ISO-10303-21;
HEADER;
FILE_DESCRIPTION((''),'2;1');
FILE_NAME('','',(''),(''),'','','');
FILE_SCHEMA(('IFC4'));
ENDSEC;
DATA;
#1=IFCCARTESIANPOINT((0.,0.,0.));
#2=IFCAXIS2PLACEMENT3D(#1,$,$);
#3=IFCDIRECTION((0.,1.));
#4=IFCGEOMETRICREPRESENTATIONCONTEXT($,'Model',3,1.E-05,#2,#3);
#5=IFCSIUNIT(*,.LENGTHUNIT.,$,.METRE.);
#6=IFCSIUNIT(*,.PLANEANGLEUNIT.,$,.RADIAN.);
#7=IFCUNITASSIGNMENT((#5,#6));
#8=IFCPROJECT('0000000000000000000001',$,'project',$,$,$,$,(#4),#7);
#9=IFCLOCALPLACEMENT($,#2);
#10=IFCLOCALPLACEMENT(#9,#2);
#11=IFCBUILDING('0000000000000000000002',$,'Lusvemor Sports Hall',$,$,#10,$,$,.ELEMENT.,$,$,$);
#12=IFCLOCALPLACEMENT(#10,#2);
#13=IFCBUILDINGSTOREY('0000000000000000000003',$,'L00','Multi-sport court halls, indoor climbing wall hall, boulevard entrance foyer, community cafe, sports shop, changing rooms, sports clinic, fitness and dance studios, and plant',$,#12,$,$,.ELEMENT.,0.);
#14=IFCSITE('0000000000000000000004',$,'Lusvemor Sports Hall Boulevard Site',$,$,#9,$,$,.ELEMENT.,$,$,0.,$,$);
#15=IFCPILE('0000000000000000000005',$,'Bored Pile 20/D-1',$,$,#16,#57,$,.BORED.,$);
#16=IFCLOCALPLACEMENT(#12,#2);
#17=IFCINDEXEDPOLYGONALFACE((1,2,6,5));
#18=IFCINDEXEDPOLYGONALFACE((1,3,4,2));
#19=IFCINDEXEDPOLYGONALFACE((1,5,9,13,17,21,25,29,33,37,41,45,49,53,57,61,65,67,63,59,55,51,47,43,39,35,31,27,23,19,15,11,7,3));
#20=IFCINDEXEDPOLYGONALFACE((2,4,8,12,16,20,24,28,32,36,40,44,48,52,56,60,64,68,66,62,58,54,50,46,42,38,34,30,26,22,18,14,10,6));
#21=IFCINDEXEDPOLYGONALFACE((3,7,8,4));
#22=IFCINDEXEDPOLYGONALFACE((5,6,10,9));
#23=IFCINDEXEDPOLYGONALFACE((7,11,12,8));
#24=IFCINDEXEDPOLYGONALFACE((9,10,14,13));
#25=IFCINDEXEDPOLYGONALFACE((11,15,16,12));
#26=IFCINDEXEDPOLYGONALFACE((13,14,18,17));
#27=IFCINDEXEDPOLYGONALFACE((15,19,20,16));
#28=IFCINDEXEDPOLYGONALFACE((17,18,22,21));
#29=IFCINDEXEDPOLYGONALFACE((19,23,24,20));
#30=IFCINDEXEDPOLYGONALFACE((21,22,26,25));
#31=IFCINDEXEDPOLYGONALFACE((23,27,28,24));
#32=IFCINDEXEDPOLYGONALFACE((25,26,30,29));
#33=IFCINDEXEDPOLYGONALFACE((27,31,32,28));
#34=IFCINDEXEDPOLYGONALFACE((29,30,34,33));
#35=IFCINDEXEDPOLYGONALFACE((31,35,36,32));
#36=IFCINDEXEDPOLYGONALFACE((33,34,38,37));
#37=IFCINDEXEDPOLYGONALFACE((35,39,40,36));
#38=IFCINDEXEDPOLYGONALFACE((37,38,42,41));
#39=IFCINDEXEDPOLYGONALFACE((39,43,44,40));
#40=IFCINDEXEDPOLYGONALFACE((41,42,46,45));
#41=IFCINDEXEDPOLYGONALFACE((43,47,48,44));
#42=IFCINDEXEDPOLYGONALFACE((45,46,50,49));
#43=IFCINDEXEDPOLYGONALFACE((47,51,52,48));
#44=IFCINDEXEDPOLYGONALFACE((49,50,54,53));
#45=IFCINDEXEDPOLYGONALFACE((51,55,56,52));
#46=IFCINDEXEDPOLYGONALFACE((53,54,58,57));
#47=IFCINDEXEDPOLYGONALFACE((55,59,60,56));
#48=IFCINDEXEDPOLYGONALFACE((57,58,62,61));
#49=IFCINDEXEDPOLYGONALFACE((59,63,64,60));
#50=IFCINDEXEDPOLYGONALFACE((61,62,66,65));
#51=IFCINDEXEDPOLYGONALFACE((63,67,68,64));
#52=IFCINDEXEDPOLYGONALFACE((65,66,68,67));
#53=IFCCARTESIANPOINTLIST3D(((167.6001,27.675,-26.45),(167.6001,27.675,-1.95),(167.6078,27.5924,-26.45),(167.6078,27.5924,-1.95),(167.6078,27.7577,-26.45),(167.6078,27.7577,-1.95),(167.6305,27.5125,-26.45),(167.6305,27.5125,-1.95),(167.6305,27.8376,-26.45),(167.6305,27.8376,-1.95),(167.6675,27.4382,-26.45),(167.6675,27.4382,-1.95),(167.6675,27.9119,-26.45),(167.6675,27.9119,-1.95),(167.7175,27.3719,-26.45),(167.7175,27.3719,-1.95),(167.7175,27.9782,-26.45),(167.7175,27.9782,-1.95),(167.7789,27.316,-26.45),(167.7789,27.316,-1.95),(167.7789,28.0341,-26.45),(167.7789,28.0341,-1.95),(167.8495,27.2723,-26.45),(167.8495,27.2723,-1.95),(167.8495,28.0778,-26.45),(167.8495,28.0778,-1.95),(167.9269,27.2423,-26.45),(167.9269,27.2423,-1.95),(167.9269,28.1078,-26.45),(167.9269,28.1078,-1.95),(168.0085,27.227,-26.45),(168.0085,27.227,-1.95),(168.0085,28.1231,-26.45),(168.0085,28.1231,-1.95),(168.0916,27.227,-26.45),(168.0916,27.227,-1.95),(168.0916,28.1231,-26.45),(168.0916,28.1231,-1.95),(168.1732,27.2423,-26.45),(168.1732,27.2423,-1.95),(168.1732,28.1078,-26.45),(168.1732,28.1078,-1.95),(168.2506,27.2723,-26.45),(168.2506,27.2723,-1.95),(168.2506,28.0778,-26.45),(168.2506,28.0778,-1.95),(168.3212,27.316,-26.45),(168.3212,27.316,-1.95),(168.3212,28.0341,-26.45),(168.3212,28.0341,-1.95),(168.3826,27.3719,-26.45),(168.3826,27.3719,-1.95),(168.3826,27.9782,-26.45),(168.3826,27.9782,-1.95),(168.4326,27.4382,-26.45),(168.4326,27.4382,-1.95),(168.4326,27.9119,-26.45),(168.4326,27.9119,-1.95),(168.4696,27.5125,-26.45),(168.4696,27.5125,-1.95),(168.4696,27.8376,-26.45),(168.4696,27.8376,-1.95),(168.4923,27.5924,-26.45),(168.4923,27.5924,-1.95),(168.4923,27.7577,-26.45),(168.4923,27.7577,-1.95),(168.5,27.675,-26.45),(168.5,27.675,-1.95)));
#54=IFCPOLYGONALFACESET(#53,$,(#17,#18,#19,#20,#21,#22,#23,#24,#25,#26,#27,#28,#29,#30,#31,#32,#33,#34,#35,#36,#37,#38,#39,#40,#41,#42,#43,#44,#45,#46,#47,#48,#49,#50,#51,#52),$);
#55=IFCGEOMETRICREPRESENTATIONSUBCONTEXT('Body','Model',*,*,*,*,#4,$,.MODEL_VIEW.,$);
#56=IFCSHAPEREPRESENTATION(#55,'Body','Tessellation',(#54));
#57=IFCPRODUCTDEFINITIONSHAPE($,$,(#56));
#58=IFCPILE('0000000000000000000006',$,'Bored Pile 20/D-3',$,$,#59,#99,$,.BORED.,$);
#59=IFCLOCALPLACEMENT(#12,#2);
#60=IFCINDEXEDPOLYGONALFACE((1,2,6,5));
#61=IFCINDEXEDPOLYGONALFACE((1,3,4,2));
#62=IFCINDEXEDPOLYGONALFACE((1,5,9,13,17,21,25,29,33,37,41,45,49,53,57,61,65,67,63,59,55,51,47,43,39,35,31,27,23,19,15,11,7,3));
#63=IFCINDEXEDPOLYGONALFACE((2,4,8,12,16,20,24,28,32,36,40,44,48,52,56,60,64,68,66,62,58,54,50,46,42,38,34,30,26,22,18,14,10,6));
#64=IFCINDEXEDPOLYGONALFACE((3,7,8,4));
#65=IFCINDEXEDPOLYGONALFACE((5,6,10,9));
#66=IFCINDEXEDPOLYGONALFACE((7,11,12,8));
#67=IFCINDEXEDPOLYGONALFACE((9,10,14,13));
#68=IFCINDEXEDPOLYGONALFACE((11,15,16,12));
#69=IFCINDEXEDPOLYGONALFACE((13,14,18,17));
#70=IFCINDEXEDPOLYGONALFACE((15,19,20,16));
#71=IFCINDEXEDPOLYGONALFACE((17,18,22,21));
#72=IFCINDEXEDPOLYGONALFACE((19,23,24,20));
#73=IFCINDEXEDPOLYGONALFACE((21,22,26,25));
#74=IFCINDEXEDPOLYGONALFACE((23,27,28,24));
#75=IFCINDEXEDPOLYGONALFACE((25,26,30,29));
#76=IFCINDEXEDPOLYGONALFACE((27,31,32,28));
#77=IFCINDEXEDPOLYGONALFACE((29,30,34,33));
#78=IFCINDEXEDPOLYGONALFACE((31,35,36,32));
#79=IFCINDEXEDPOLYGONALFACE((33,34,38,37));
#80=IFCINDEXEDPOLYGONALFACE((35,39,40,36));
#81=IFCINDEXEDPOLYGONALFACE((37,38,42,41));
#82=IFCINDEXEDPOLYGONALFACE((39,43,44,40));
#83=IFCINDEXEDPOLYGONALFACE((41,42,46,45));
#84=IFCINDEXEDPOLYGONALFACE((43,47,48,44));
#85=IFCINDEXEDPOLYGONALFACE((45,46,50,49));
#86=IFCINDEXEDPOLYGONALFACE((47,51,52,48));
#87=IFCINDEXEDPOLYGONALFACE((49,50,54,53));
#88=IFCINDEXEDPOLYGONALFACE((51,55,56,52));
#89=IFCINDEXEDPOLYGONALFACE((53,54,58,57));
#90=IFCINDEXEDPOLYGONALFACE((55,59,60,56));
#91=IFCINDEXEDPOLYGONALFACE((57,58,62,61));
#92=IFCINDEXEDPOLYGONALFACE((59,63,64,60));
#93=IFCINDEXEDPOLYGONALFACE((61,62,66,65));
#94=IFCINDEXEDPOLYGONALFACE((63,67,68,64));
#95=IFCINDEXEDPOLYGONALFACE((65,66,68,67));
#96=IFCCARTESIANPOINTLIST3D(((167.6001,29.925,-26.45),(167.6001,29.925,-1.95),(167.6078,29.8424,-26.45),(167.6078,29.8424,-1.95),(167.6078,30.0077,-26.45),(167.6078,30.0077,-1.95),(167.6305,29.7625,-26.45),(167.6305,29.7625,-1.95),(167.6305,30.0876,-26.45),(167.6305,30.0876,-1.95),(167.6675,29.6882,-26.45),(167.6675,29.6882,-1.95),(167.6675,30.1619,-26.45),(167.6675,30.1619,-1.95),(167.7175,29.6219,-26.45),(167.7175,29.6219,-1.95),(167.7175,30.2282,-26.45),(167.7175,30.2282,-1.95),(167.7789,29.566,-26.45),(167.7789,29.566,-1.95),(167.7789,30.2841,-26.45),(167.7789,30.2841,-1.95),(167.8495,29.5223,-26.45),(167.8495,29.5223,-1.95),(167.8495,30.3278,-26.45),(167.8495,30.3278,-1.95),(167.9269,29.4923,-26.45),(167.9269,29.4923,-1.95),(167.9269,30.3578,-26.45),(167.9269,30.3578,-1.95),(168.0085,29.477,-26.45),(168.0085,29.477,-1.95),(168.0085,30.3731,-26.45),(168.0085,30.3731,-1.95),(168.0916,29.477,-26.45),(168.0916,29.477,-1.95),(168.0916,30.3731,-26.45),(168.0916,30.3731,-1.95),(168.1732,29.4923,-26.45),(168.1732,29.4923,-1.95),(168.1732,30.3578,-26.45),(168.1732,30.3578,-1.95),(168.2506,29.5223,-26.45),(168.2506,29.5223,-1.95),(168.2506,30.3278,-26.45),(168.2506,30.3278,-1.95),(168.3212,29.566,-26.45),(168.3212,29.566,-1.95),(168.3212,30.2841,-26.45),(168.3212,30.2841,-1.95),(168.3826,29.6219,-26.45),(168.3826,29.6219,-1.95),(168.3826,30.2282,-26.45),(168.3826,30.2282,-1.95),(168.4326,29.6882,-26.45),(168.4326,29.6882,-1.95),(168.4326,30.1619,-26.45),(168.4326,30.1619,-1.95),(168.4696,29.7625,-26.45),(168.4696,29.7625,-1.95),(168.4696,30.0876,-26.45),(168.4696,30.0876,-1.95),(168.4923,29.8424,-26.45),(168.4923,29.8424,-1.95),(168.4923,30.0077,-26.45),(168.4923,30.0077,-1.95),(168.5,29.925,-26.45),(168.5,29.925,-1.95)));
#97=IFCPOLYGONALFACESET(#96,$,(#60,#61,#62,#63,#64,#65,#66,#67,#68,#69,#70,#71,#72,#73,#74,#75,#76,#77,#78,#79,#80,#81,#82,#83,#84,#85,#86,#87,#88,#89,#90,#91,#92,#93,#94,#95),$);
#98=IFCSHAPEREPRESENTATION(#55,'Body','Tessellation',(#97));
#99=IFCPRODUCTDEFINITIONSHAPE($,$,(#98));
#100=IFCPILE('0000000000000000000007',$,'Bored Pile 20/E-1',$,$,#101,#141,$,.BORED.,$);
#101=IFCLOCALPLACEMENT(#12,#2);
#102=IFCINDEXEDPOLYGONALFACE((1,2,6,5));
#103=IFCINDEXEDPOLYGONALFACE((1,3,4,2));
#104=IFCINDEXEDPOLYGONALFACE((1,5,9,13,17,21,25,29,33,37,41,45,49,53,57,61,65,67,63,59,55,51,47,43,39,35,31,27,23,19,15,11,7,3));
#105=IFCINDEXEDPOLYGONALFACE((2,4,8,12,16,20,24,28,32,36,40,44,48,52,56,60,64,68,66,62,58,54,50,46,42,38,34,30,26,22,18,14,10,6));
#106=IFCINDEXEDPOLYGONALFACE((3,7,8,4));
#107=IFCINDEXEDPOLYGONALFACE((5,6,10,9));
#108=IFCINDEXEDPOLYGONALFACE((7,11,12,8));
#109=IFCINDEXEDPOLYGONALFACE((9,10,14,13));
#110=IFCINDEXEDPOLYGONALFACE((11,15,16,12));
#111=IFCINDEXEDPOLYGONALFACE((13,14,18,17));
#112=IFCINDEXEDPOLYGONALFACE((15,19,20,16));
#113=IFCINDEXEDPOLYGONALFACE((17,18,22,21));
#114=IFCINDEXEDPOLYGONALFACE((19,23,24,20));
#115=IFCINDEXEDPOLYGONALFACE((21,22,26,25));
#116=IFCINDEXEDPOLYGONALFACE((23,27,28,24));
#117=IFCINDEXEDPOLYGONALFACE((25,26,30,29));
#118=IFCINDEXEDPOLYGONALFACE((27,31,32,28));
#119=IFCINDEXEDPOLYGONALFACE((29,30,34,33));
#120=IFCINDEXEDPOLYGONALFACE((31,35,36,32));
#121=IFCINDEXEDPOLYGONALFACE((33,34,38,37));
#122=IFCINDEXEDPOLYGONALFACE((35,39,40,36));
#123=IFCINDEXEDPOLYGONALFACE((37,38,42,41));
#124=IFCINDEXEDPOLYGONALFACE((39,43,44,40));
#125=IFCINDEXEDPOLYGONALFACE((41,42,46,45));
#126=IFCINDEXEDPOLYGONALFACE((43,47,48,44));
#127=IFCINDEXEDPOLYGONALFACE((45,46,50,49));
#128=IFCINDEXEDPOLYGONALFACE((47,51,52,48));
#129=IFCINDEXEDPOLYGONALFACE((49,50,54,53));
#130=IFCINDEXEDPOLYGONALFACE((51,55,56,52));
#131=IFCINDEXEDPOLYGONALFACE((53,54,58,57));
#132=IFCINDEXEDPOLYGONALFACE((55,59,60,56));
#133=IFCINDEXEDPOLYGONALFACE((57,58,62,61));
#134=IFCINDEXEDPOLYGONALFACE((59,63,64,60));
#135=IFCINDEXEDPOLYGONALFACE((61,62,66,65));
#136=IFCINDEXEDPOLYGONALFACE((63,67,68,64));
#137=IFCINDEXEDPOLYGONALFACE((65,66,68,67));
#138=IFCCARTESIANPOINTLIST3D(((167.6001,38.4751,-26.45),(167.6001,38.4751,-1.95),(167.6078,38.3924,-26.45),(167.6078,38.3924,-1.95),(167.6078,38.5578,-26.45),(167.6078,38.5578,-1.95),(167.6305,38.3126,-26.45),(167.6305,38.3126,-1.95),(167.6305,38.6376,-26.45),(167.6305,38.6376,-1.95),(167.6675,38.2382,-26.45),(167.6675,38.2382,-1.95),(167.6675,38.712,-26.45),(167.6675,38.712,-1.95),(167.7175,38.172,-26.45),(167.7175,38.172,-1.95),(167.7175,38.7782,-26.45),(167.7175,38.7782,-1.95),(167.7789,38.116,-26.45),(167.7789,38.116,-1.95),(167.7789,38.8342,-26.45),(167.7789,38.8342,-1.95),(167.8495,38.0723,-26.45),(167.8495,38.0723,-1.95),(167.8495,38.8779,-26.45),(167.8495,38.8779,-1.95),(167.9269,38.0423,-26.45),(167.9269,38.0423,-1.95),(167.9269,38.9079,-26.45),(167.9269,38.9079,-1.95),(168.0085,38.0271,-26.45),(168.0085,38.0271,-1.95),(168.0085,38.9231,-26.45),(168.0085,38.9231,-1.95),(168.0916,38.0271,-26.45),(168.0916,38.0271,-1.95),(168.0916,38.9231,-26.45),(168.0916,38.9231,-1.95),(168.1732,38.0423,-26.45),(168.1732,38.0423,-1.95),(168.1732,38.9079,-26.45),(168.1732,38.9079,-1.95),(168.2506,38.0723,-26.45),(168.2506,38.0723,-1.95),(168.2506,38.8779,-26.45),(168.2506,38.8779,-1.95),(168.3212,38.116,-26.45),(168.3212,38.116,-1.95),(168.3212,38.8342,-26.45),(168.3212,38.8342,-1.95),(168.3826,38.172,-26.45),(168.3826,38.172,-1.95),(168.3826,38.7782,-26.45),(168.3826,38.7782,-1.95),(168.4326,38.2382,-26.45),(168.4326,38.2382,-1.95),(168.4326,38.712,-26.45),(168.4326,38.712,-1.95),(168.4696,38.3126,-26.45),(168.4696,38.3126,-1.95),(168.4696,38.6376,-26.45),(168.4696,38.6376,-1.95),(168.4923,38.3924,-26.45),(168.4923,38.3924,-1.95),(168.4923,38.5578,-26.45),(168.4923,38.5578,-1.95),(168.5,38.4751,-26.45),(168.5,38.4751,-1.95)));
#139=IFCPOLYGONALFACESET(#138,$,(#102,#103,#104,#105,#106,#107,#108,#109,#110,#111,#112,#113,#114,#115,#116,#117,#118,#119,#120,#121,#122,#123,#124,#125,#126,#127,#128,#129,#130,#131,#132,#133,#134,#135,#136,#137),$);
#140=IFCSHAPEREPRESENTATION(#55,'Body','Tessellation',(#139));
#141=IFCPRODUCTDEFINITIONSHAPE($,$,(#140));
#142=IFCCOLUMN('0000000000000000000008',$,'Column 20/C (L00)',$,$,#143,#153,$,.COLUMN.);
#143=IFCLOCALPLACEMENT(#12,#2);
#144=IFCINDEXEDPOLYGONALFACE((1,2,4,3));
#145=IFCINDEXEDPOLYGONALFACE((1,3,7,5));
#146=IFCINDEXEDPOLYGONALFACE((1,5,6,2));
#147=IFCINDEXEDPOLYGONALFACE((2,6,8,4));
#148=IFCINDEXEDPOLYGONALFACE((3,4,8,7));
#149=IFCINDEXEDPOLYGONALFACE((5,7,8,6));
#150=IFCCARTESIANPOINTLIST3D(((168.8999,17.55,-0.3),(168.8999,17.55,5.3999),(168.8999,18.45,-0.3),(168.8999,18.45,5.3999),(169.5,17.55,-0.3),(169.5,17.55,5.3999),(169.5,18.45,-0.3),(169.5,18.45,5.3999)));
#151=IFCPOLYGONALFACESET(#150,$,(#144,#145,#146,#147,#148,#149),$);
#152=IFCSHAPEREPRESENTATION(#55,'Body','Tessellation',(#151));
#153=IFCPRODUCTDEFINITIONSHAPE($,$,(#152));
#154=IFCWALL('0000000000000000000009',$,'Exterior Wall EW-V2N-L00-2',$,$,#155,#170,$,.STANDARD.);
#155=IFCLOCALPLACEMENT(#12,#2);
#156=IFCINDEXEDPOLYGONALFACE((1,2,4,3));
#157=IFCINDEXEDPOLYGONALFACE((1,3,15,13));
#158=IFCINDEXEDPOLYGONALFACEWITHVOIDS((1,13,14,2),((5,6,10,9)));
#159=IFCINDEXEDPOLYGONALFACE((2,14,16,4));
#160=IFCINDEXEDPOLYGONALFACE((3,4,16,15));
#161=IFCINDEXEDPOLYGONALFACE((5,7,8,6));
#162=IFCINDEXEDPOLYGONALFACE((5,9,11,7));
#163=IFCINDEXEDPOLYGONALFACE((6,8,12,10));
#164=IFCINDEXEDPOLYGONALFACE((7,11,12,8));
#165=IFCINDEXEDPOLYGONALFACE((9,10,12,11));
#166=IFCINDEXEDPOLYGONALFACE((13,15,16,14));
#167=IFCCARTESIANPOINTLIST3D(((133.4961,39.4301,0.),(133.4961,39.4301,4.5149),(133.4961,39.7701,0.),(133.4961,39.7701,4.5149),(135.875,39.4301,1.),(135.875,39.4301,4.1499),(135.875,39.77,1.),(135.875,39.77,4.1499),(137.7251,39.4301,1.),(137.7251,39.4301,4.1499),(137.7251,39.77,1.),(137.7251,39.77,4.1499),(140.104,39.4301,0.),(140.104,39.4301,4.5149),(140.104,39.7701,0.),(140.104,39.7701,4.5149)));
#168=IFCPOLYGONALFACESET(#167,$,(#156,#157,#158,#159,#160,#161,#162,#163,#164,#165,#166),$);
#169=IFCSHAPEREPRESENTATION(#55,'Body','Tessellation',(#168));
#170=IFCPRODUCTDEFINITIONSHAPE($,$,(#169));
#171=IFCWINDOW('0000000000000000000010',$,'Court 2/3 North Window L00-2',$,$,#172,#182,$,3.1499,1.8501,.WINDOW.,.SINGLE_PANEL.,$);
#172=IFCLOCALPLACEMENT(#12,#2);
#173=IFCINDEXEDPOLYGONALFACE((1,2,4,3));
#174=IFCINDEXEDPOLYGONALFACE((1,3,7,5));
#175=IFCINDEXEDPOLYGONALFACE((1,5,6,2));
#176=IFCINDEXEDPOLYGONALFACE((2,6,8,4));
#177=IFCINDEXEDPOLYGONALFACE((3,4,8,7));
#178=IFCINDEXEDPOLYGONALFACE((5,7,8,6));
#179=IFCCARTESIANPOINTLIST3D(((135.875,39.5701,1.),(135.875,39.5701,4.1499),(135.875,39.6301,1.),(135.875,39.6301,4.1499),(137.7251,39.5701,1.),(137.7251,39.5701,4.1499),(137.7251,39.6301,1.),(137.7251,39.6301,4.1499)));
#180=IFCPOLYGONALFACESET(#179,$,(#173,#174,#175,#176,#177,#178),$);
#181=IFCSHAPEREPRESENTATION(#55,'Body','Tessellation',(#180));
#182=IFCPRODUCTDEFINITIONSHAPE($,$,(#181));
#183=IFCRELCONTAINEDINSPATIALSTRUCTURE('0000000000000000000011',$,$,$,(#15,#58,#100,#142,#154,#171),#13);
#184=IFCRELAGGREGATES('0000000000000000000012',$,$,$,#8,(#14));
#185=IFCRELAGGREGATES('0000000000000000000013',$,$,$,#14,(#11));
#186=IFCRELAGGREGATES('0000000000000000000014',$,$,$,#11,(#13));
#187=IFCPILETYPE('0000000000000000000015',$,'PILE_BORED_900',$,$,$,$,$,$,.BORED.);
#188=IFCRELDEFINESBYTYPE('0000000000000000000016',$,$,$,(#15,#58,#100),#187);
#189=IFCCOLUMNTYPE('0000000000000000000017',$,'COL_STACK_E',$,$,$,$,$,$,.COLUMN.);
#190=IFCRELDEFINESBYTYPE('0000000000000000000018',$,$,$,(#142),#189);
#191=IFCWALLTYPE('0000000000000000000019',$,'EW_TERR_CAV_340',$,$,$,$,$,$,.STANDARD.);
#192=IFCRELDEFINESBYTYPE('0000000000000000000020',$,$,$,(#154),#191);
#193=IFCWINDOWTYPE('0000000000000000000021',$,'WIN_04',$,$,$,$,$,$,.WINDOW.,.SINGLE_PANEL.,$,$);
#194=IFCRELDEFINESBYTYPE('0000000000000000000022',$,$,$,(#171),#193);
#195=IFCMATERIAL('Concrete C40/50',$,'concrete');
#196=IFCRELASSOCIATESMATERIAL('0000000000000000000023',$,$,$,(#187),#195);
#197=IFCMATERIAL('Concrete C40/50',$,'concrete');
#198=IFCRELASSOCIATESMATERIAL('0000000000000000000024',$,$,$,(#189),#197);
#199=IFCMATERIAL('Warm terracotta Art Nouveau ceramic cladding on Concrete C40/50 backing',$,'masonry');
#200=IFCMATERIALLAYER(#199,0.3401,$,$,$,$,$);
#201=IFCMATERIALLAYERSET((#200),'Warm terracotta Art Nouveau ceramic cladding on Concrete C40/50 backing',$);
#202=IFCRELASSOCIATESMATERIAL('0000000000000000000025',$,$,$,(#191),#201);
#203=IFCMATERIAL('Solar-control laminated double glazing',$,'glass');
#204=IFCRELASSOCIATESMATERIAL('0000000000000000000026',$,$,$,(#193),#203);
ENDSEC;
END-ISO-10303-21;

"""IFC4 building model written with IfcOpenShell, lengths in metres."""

from ifc_helpers import new_model, si_unit, direction, frame, frame_2d, origin, origin_2d, place, context, subcontext, project, spatial, rectangle, circle, extrude, material, layer, layer_set, material_profile, profile_set, type_object, element, fill, save


model = new_model("IFC4")

# Units and contexts
model_context = context("Model", 3, precision=1e-05, world=origin(), true_north=direction((0.0, 1.0)))
body_context = subcontext(model_context, "Body", "Model", "MODEL_VIEW")
ifc_project = project(units=[si_unit("LENGTHUNIT", "METRE"), si_unit("PLANEANGLEUNIT", "RADIAN")], contexts=[model_context])

# Site, building, storey
site_placement = place(None, origin())
site = spatial("IfcSite", under=ifc_project, at=site_placement, Name="Lusvemor Sports Hall Boulevard Site", CompositionType="ELEMENT", RefElevation=0.0)
building_placement = place(site_placement, origin())
building = spatial("IfcBuilding", under=site, at=building_placement, Name="Lusvemor Sports Hall", CompositionType="ELEMENT")
storey_placement = place(building_placement, origin())
storey = spatial("IfcBuildingStorey", under=building, at=storey_placement, Name="L00", Description="Multi-sport court halls, indoor climbing wall hall, boulevard entrance foyer, community cafe, sports shop, changing rooms, sports clinic, fitness and dance studios, and plant", CompositionType="ELEMENT", Elevation=0.0)

# Piles
ifc_material_1 = material(Name="Concrete C40/50", Category="concrete")
ifc_material_profile_1 = material_profile(ifc_material_1, circle(Radius=0.45, at=origin_2d()), Name="PILE900")
ifc_profile_set_1 = profile_set([ifc_material_profile_1], Name="Concrete C40/50")
pile_type = type_object("IfcPileType", Name="PILE_BORED_900", PredefinedType="BORED", material=ifc_profile_set_1)
for number, where, z_axis, x_axis, name in (
    (1, (168.05, 27.675, -1.95), (0.0, 0.0, -1.0), (1.0, 0.0, 0.0), "Bored Pile 20/D-1"),
    (2, (168.05, 29.925, -1.95), (0.0, 0.0, -1.0), (1.0, 0.0, 0.0), "Bored Pile 20/D-3"),
    (3, (168.05, 38.4751, -1.95), (0.0, 0.0, -1.0), (1.0, 0.0, 0.0), "Bored Pile 20/E-1"),
):
    element("IfcPile", number, at=place(storey_placement, frame(where, z_axis=z_axis, x_axis=x_axis)), inside=storey, type_object=pile_type, Name=name, PredefinedType="BORED", context=body_context, shape_type="SweptSolid", body=[
        extrude(circle(Radius=0.45, at=origin_2d()), origin(), (0.0, 0.0, 1.0), 24.5),
    ])

# Column
ifc_material_2 = material(Name="Concrete C40/50", Category="concrete")
ifc_material_profile_2 = material_profile(ifc_material_2, rectangle(XDim=0.6001, YDim=0.8999, at=origin_2d()), Name="RC600x900")
ifc_profile_set_2 = profile_set([ifc_material_profile_2], Name="Concrete C40/50")
column_type = type_object("IfcColumnType", Name="COL_STACK_E", PredefinedType="COLUMN", material=ifc_profile_set_2)
column_placement = place(storey_placement, frame((169.2, 18.0, -0.3), z_axis=(0.0, 0.0, 1.0), x_axis=(1.0, 0.0, 0.0)))
element("IfcColumn", 4, at=column_placement, inside=storey, type_object=column_type, Name="Column 20/C (L00)", PredefinedType="COLUMN", context=body_context, shape_type="SweptSolid", body=[
    extrude(rectangle(XDim=0.6001, YDim=0.8999, at=origin_2d()), origin(), (0.0, 0.0, 1.0), 5.7),
])

# Wall, opening, window
ifc_material_3 = material(Name="Warm terracotta Art Nouveau ceramic cladding on Concrete C40/50 backing", Category="masonry")
ifc_layer = layer(ifc_material_3, 0.3401)
ifc_layer_set = layer_set([ifc_layer], Name="Warm terracotta Art Nouveau ceramic cladding on Concrete C40/50 backing")
wall_type = type_object("IfcWallType", Name="EW_TERR_CAV_340", PredefinedType="STANDARD", material=ifc_layer_set)
wall_1_placement = place(storey_placement, frame((133.4961, 39.6001, 0.0), z_axis=(0.0, 0.0, 1.0), x_axis=(1.0, 0.0, 0.0)))
wall_1 = element("IfcWall", 5, at=wall_1_placement, inside=storey, type_object=wall_type, Name="Exterior Wall EW-V2N-L00-2", PredefinedType="STANDARD", context=body_context, shape_type="SweptSolid", body=[
    extrude(rectangle(XDim=6.6079, YDim=0.3401, at=frame_2d((3.304, 0.0))), origin(), (0.0, 0.0, 1.0), 4.5149),
])
opening_1_placement = place(wall_1_placement, frame((2.3789, 0.0, 1.0)))
opening_1 = element("IfcOpeningElement", 6, at=opening_1_placement, cuts=wall_1, PredefinedType="OPENING", context=body_context, shape_type="SweptSolid", body=[
    extrude(rectangle(XDim=1.8501, YDim=3.1499, at=frame_2d((0.925, 1.575))), frame((0.0, 0.1699, 0.0), z_axis=(0.0, -1.0, 0.0), x_axis=(1.0, 0.0, 0.0)), (0.0, 0.0, 1.0), 0.3401),
])
ifc_material_4 = material(Name="Solar-control laminated double glazing", Category="glass")
window_type_1 = type_object("IfcWindowType", Name="WIN_04", PartitioningType="SINGLE_PANEL", PredefinedType="WINDOW", material=ifc_material_4)
window_1_placement = place(opening_1_placement, origin())
window_1 = element("IfcWindow", 7, at=window_1_placement, inside=storey, type_object=window_type_1, Name="Court 2/3 North Window L00-2", OverallHeight=3.1499, OverallWidth=1.8501, PartitioningType="SINGLE_PANEL", PredefinedType="WINDOW", context=body_context, shape_type="SweptSolid", body=[
    extrude(rectangle(XDim=1.8501, YDim=3.1499, at=frame_2d((0.925, 1.575))), frame((0.0, 0.03, 0.0), z_axis=(0.0, -1.0, 0.0), x_axis=(1.0, 0.0, 0.0)), (0.0, 0.0, 1.0), 0.0601),
])
fill(opening_1, window_1)

save(model, "model.ifc")
